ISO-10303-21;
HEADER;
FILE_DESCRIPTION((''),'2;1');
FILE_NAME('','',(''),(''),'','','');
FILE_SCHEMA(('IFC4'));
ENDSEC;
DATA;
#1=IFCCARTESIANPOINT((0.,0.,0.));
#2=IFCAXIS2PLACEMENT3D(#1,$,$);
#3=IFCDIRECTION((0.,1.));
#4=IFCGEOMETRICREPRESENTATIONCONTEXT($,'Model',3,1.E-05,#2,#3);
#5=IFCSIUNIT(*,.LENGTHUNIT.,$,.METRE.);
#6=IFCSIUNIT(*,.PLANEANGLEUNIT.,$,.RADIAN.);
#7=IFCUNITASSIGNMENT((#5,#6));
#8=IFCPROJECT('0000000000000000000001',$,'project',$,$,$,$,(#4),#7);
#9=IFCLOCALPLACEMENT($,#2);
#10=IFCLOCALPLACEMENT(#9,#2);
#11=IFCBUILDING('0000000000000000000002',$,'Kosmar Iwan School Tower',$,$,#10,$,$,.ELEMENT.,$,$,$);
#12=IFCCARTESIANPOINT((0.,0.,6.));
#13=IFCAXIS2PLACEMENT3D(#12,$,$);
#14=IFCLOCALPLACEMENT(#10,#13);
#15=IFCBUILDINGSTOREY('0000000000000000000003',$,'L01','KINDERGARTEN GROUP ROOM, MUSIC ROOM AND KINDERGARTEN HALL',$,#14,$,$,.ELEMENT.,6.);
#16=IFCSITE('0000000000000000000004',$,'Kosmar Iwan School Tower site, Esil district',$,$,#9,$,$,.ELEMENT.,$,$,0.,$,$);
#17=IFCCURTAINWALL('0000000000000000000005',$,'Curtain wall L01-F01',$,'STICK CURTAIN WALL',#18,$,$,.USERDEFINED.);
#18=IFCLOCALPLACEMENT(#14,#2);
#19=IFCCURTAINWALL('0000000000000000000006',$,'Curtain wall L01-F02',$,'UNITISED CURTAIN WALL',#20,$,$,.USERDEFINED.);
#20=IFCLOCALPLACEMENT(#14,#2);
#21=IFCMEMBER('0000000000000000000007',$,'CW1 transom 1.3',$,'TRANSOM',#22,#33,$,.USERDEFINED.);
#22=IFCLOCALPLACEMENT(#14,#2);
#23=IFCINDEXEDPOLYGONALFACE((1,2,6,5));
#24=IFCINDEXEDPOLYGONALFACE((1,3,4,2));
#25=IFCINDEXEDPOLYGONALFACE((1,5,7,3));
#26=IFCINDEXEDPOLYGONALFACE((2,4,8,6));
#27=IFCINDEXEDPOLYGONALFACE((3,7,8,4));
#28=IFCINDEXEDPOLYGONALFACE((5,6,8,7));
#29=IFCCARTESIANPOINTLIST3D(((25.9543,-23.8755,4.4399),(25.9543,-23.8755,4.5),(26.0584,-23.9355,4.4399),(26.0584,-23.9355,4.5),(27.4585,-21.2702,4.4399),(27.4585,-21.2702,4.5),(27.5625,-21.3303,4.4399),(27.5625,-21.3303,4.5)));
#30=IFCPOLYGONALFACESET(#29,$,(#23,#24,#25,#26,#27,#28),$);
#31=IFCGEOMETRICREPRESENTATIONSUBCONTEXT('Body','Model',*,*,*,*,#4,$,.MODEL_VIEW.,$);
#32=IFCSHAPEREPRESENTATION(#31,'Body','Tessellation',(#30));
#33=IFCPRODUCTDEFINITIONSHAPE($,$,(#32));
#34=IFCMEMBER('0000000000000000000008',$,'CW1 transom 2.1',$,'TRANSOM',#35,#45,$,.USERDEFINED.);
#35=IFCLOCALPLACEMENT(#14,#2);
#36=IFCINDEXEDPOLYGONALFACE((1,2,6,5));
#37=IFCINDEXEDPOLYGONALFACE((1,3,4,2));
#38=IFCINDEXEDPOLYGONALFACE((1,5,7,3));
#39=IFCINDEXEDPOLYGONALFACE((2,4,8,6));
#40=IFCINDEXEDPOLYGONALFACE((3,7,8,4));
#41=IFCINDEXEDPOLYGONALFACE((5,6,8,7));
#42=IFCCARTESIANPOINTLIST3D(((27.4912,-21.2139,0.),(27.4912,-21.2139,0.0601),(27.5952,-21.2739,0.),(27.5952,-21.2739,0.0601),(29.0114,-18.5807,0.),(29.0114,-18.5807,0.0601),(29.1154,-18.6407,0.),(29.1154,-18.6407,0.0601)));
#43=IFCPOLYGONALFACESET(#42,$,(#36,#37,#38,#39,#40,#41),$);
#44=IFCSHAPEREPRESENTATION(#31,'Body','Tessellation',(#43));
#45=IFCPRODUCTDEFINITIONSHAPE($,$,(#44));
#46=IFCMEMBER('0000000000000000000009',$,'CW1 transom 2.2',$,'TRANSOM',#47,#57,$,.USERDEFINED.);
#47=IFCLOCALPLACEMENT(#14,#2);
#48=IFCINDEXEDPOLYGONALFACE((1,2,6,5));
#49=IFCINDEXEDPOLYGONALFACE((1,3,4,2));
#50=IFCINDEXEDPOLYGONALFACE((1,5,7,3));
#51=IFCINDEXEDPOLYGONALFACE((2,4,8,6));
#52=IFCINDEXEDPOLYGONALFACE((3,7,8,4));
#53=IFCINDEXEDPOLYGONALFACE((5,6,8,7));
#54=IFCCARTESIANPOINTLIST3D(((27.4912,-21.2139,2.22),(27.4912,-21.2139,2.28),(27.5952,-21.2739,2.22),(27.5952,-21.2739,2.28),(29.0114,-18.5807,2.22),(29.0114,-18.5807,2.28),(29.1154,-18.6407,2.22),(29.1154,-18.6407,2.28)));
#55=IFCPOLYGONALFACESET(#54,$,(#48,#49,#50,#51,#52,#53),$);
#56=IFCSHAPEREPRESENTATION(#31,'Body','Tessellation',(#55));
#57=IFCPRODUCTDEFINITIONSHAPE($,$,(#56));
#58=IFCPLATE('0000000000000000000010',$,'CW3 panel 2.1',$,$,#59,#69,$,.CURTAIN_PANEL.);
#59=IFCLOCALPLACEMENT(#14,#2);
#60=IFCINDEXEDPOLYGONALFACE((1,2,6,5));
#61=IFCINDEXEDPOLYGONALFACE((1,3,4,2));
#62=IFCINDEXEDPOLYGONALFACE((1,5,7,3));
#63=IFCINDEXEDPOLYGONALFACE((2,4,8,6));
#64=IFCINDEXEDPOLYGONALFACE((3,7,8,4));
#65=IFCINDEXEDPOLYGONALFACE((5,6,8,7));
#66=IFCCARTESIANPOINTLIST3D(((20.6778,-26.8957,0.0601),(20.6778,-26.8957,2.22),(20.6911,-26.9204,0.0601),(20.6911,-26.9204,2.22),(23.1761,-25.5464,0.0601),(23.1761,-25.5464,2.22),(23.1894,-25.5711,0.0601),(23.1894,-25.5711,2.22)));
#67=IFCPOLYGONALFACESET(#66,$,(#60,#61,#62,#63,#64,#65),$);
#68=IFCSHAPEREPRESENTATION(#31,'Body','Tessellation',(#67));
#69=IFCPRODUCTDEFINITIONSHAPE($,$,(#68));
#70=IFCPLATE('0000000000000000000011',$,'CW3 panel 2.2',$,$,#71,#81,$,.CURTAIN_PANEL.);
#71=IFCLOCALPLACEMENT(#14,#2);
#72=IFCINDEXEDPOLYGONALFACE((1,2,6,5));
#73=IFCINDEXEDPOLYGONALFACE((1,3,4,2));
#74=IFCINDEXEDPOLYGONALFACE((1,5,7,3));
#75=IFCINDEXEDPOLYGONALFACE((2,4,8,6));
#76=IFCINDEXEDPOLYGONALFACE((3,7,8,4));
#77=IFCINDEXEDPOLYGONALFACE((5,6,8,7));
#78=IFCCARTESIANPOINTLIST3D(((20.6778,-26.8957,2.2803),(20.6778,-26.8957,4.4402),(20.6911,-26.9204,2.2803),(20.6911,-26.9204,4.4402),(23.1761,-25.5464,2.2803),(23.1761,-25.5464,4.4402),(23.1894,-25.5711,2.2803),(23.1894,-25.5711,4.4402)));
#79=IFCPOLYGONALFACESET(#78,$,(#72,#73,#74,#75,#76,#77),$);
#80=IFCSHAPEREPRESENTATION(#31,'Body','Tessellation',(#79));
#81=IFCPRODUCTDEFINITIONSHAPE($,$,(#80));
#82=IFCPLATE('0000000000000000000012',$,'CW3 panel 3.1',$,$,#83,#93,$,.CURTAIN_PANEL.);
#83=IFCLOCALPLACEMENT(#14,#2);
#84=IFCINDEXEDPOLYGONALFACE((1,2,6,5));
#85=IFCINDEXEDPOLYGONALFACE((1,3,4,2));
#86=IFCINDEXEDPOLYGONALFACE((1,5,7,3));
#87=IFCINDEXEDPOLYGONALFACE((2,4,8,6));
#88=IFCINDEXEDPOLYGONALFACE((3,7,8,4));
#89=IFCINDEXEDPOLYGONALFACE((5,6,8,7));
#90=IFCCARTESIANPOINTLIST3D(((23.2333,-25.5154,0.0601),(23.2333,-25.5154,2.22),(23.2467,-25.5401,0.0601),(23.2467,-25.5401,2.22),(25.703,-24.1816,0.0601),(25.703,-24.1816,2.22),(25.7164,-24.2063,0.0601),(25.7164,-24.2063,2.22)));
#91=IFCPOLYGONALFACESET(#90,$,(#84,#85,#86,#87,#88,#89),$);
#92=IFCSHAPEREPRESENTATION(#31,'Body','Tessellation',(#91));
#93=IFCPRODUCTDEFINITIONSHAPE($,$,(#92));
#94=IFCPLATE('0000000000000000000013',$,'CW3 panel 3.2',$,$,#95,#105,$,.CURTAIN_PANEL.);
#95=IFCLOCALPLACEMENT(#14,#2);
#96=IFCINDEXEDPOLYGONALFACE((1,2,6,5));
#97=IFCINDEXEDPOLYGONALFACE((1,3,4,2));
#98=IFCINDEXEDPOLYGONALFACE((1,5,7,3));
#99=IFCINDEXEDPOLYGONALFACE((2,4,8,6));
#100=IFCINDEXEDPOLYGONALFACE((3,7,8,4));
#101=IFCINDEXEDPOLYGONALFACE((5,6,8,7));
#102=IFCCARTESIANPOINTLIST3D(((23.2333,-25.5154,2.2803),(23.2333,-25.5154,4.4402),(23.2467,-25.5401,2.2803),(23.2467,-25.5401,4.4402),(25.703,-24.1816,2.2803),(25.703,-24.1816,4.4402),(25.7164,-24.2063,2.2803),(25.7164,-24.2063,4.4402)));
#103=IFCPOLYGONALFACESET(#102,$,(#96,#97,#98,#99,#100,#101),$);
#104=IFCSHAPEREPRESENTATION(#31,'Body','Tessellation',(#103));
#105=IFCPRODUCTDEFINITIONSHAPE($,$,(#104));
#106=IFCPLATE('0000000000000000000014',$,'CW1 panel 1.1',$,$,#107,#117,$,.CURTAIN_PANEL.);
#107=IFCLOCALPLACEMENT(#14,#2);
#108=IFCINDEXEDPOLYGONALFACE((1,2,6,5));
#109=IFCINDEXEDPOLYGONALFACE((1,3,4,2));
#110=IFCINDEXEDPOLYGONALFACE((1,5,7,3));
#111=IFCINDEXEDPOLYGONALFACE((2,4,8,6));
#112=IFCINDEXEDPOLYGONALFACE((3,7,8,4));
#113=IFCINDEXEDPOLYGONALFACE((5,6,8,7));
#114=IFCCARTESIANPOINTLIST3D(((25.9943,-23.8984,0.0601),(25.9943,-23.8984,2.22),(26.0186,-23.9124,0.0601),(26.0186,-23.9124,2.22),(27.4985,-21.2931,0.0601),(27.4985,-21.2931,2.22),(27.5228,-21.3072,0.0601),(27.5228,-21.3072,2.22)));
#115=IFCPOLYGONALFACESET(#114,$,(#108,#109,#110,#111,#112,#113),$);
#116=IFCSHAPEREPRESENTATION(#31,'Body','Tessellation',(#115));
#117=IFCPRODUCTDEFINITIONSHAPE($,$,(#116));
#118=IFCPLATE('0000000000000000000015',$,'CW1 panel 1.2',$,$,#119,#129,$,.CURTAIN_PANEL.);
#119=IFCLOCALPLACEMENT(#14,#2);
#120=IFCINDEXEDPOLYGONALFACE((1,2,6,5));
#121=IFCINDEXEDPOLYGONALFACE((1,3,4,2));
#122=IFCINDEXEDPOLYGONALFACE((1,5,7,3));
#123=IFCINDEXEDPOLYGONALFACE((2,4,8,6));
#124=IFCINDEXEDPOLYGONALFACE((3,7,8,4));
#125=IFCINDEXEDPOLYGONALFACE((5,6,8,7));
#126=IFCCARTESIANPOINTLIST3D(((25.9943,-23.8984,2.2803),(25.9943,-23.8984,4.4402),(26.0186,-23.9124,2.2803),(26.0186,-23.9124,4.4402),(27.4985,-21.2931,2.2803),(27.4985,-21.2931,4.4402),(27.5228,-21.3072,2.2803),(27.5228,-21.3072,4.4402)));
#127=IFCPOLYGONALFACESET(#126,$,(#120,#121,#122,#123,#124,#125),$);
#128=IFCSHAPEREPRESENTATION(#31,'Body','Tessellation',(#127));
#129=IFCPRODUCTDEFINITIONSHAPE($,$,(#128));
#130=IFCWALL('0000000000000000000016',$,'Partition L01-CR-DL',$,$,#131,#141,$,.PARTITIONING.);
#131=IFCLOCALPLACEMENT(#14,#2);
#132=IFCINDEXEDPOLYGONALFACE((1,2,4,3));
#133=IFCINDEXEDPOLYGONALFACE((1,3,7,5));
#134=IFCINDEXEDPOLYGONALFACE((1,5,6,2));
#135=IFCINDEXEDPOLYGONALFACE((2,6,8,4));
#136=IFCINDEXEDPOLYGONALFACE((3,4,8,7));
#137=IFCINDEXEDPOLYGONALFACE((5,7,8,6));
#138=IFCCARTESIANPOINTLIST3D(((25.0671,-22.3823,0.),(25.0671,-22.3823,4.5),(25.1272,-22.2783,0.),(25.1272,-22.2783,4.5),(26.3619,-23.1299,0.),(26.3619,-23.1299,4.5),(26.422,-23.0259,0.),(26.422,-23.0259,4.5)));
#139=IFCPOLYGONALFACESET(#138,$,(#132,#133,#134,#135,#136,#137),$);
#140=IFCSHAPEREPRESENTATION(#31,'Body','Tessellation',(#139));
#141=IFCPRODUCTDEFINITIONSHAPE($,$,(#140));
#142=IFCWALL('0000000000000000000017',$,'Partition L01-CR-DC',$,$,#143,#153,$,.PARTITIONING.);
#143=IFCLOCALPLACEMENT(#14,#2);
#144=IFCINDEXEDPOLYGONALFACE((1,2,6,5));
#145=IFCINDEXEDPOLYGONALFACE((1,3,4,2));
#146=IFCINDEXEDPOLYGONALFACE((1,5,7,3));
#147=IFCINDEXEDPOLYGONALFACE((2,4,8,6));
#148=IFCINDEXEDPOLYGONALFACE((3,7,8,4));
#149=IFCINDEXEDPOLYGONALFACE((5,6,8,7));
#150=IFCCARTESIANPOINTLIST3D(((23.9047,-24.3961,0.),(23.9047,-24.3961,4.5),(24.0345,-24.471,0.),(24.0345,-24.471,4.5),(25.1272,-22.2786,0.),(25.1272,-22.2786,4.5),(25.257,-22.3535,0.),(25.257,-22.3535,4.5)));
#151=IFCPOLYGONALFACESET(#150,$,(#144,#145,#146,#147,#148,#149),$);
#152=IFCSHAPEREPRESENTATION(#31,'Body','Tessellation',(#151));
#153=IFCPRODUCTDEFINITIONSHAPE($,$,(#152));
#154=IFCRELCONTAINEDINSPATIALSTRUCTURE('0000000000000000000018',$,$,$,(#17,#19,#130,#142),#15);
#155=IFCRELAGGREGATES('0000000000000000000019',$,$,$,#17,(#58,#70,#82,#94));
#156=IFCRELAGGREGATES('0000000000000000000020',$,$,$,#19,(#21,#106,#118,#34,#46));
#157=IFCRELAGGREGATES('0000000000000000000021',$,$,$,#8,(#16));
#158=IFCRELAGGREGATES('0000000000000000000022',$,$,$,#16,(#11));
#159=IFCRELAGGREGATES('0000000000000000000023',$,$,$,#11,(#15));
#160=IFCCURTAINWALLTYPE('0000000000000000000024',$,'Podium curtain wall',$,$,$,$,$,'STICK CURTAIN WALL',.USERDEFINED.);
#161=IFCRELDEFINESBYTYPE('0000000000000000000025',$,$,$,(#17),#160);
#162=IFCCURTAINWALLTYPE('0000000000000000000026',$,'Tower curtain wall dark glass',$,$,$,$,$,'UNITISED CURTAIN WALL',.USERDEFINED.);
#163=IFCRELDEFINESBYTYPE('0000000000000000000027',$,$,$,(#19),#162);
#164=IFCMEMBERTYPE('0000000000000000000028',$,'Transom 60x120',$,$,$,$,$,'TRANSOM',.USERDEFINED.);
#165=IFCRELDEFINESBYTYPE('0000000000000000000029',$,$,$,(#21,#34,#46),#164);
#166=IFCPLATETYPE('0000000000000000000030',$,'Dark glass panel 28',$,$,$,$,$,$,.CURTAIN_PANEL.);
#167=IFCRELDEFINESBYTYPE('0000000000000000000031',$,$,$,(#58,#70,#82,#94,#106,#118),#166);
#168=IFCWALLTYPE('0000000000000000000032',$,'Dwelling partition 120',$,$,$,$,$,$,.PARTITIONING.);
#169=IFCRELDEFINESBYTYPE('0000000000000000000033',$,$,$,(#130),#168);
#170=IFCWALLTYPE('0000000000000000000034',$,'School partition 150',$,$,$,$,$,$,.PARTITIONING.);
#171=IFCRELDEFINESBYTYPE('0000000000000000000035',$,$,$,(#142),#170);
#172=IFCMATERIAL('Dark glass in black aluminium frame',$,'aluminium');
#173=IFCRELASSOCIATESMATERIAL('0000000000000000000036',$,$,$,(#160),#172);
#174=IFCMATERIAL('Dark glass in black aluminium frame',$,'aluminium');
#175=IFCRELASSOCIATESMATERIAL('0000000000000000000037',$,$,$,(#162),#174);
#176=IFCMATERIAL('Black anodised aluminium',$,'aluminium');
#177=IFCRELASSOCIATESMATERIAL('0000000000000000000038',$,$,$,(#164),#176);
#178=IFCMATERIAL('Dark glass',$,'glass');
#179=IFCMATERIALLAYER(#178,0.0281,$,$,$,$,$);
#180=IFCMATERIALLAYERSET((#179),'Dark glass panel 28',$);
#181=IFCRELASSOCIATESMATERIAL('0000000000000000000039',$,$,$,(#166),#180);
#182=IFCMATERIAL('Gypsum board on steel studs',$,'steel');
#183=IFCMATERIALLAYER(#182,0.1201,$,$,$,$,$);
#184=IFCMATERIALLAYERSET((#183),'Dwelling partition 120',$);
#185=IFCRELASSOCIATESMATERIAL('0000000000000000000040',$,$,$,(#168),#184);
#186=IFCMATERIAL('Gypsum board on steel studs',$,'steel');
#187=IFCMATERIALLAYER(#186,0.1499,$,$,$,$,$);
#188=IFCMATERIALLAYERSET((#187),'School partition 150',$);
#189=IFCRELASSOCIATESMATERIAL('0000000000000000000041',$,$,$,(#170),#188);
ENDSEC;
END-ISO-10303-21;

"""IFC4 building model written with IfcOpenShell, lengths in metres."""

from ifc_helpers import new_model, si_unit, direction, frame, frame_2d, origin, origin_2d, place, context, subcontext, project, spatial, rectangle, extrude, material, layer, layer_set, material_profile, profile_set, type_object, element, aggregate, save


model = new_model("IFC4")

# Units and contexts
model_context = context("Model", 3, precision=1e-05, world=origin(), true_north=direction((0.0, 1.0)))
body_context = subcontext(model_context, "Body", "Model", "MODEL_VIEW")
ifc_project = project(units=[si_unit("LENGTHUNIT", "METRE"), si_unit("PLANEANGLEUNIT", "RADIAN")], contexts=[model_context])

# Site, building, storey
site_placement = place(None, origin())
site = spatial("IfcSite", under=ifc_project, at=site_placement, Name="Kosmar Iwan School Tower site, Esil district", CompositionType="ELEMENT", RefElevation=0.0)
building_placement = place(site_placement, origin())
building = spatial("IfcBuilding", under=site, at=building_placement, Name="Kosmar Iwan School Tower", CompositionType="ELEMENT")
storey_placement = place(building_placement, frame((0.0, 0.0, 6.0)))
storey = spatial("IfcBuildingStorey", under=building, at=storey_placement, Name="L01", Description="KINDERGARTEN GROUP ROOM, MUSIC ROOM AND KINDERGARTEN HALL", CompositionType="ELEMENT", Elevation=6.0)

# Curtain walls
ifc_material_1 = material(Name="Dark glass in black aluminium frame", Category="aluminium")
curtain_wall_type_1 = type_object("IfcCurtainWallType", Name="Podium curtain wall", ElementType="STICK CURTAIN WALL", PredefinedType="USERDEFINED", material=ifc_material_1)
curtain_wall_1_placement = place(storey_placement, origin())
curtain_wall_1 = element("IfcCurtainWall", 1, at=curtain_wall_1_placement, inside=storey, type_object=curtain_wall_type_1, Name="Curtain wall L01-F01", ObjectType="STICK CURTAIN WALL", PredefinedType="USERDEFINED")
ifc_material_2 = material(Name="Dark glass in black aluminium frame", Category="aluminium")
curtain_wall_type_2 = type_object("IfcCurtainWallType", Name="Tower curtain wall dark glass", ElementType="UNITISED CURTAIN WALL", PredefinedType="USERDEFINED", material=ifc_material_2)
curtain_wall_2_placement = place(storey_placement, origin())
curtain_wall_2 = element("IfcCurtainWall", 2, at=curtain_wall_2_placement, inside=storey, type_object=curtain_wall_type_2, Name="Curtain wall L01-F02", ObjectType="UNITISED CURTAIN WALL", PredefinedType="USERDEFINED")

# Members
ifc_material_3 = material(Name="Black anodised aluminium", Category="aluminium")
ifc_material_profile_1 = material_profile(ifc_material_3, rectangle(XDim=0.1201, YDim=0.0601, at=origin_2d()), Name="TRANSOM 60x120")
ifc_profile_set_1 = profile_set([ifc_material_profile_1], Name="Black anodised aluminium")
member_type_1 = type_object("IfcMemberType", Name="Transom 60x120", ElementType="TRANSOM", PredefinedType="USERDEFINED", material=ifc_profile_set_1)
member_1_placement = place(storey_placement, frame((26.0063, -23.9055, 4.47), z_axis=(0.500006, 0.866022, 0.0), x_axis=(-0.866022, 0.500006, 0.0)))
member_1 = element("IfcMember", 3, at=member_1_placement, type_object=member_type_1, Name="CW1 transom 1.3", ObjectType="TRANSOM", PredefinedType="USERDEFINED", context=body_context, shape_type="SweptSolid", body=[
    extrude(rectangle(XDim=0.1201, YDim=0.0601, at=origin_2d()), origin(), (0.0, 0.0, 1.0), 3.0083),
])
member_2_placement = place(storey_placement, frame((27.5432, -21.2439, 0.03), z_axis=(0.499982, 0.866036, 0.0), x_axis=(-0.866036, 0.499982, 0.0)))
member_2 = element("IfcMember", 4, at=member_2_placement, type_object=member_type_1, Name="CW1 transom 2.1", ObjectType="TRANSOM", PredefinedType="USERDEFINED", context=body_context, shape_type="SweptSolid", body=[
    extrude(rectangle(XDim=0.1201, YDim=0.0601, at=origin_2d()), origin(), (0.0, 0.0, 1.0), 3.0405),
])
member_3_placement = place(storey_placement, frame((27.5432, -21.2439, 2.25), z_axis=(0.499982, 0.866036, 0.0), x_axis=(-0.866036, 0.499982, 0.0)))
member_3 = element("IfcMember", 5, at=member_3_placement, type_object=member_type_1, Name="CW1 transom 2.2", ObjectType="TRANSOM", PredefinedType="USERDEFINED", context=body_context, shape_type="SweptSolid", body=[
    extrude(rectangle(XDim=0.1201, YDim=0.0601, at=origin_2d()), origin(), (0.0, 0.0, 1.0), 3.0405),
])

# Plates
ifc_material_4 = material(Name="Dark glass", Category="glass")
ifc_layer_1 = layer(ifc_material_4, 0.0281)
ifc_layer_set_1 = layer_set([ifc_layer_1], Name="Dark glass panel 28")
plate_type = type_object("IfcPlateType", Name="Dark glass panel 28", PredefinedType="CURTAIN_PANEL", material=ifc_layer_set_1)
plate_1_placement = place(storey_placement, frame((21.9336, -26.2334, 0.0601), z_axis=(0.0, 0.0, 1.0), x_axis=(0.879869, 0.475215, 0.0)))
plate_1 = element("IfcPlate", 6, at=plate_1_placement, type_object=plate_type, Name="CW3 panel 2.1", PredefinedType="CURTAIN_PANEL", context=body_context, shape_type="SweptSolid", body=[
    extrude(rectangle(XDim=2.8394, YDim=0.0281, at=origin_2d()), origin(), (0.0, 0.0, 1.0), 2.1599),
])
plate_2_placement = place(storey_placement, frame((21.9336, -26.2334, 2.2803), z_axis=(0.0, 0.0, 1.0), x_axis=(0.879869, 0.475215, 0.0)))
plate_2 = element("IfcPlate", 7, at=plate_2_placement, type_object=plate_type, Name="CW3 panel 2.2", PredefinedType="CURTAIN_PANEL", context=body_context, shape_type="SweptSolid", body=[
    extrude(rectangle(XDim=2.8394, YDim=0.0281, at=origin_2d()), origin(), (0.0, 0.0, 1.0), 2.1599),
])
plate_3_placement = place(storey_placement, frame((24.4749, -24.8608, 0.0601), z_axis=(0.0, 0.0, 1.0), x_axis=(0.879869, 0.475215, 0.0)))
plate_3 = element("IfcPlate", 8, at=plate_3_placement, type_object=plate_type, Name="CW3 panel 3.1", PredefinedType="CURTAIN_PANEL", context=body_context, shape_type="SweptSolid", body=[
    extrude(rectangle(XDim=2.8069, YDim=0.0281, at=origin_2d()), origin(), (0.0, 0.0, 1.0), 2.1599),
])
plate_4_placement = place(storey_placement, frame((24.4749, -24.8608, 2.2803), z_axis=(0.0, 0.0, 1.0), x_axis=(0.879869, 0.475215, 0.0)))
plate_4 = element("IfcPlate", 9, at=plate_4_placement, type_object=plate_type, Name="CW3 panel 3.2", PredefinedType="CURTAIN_PANEL", context=body_context, shape_type="SweptSolid", body=[
    extrude(rectangle(XDim=2.8069, YDim=0.0281, at=origin_2d()), origin(), (0.0, 0.0, 1.0), 2.1599),
])
aggregate(curtain_wall_1, [plate_1, plate_2, plate_3, plate_4])
plate_5_placement = place(storey_placement, frame((26.7585, -22.6028, 0.0601), z_axis=(0.0, 0.0, 1.0), x_axis=(0.5, 0.866025, 0.0)))
plate_5 = element("IfcPlate", 10, at=plate_5_placement, type_object=plate_type, Name="CW1 panel 1.1", PredefinedType="CURTAIN_PANEL", context=body_context, shape_type="SweptSolid", body=[
    extrude(rectangle(XDim=3.0083, YDim=0.0281, at=origin_2d()), origin(), (0.0, 0.0, 1.0), 2.1599),
])
plate_6_placement = place(storey_placement, frame((26.7585, -22.6028, 2.2803), z_axis=(0.0, 0.0, 1.0), x_axis=(0.5, 0.866025, 0.0)))
plate_6 = element("IfcPlate", 11, at=plate_6_placement, type_object=plate_type, Name="CW1 panel 1.2", PredefinedType="CURTAIN_PANEL", context=body_context, shape_type="SweptSolid", body=[
    extrude(rectangle(XDim=3.0083, YDim=0.0281, at=origin_2d()), origin(), (0.0, 0.0, 1.0), 2.1599),
])
aggregate(curtain_wall_2, [member_1, plate_5, plate_6, member_2, member_3])

# Walls
ifc_material_5 = material(Name="Gypsum board on steel studs", Category="steel")
ifc_layer_2 = layer(ifc_material_5, 0.1201)
ifc_layer_set_2 = layer_set([ifc_layer_2], Name="Dwelling partition 120")
wall_type_1 = type_object("IfcWallType", Name="Dwelling partition 120", PredefinedType="PARTITIONING", material=ifc_layer_set_2)
wall_1_placement = place(storey_placement, frame((25.0972, -22.3303, 0.0), z_axis=(0.0, 0.0, 1.0), x_axis=(0.866003, -0.500038, 0.0)))
element("IfcWall", 12, at=wall_1_placement, inside=storey, type_object=wall_type_1, Name="Partition L01-CR-DL", PredefinedType="PARTITIONING", context=body_context, shape_type="SweptSolid", body=[
    extrude(rectangle(XDim=1.4951, YDim=0.1201, at=frame_2d((0.7476, 0.0))), origin(), (0.0, 0.0, 1.0), 4.5),
])
ifc_material_6 = material(Name="Gypsum board on steel studs", Category="steel")
ifc_layer_3 = layer(ifc_material_6, 0.1499)
ifc_layer_set_3 = layer_set([ifc_layer_3], Name="School partition 150")
wall_type_2 = type_object("IfcWallType", Name="School partition 150", PredefinedType="PARTITIONING", material=ifc_layer_set_3)
wall_2_placement = place(storey_placement, frame((25.1921, -22.3159, 0.0), z_axis=(0.0, 0.0, 1.0), x_axis=(-0.499973, -0.866041, 0.0)))
element("IfcWall", 13, at=wall_2_placement, inside=storey, type_object=wall_type_2, Name="Partition L01-CR-DC", PredefinedType="PARTITIONING", context=body_context, shape_type="SweptSolid", body=[
    extrude(rectangle(XDim=2.4451, YDim=0.1499, at=frame_2d((1.2227, 0.0))), origin(), (0.0, 0.0, 1.0), 4.5),
])

save(model, "model.ifc")
